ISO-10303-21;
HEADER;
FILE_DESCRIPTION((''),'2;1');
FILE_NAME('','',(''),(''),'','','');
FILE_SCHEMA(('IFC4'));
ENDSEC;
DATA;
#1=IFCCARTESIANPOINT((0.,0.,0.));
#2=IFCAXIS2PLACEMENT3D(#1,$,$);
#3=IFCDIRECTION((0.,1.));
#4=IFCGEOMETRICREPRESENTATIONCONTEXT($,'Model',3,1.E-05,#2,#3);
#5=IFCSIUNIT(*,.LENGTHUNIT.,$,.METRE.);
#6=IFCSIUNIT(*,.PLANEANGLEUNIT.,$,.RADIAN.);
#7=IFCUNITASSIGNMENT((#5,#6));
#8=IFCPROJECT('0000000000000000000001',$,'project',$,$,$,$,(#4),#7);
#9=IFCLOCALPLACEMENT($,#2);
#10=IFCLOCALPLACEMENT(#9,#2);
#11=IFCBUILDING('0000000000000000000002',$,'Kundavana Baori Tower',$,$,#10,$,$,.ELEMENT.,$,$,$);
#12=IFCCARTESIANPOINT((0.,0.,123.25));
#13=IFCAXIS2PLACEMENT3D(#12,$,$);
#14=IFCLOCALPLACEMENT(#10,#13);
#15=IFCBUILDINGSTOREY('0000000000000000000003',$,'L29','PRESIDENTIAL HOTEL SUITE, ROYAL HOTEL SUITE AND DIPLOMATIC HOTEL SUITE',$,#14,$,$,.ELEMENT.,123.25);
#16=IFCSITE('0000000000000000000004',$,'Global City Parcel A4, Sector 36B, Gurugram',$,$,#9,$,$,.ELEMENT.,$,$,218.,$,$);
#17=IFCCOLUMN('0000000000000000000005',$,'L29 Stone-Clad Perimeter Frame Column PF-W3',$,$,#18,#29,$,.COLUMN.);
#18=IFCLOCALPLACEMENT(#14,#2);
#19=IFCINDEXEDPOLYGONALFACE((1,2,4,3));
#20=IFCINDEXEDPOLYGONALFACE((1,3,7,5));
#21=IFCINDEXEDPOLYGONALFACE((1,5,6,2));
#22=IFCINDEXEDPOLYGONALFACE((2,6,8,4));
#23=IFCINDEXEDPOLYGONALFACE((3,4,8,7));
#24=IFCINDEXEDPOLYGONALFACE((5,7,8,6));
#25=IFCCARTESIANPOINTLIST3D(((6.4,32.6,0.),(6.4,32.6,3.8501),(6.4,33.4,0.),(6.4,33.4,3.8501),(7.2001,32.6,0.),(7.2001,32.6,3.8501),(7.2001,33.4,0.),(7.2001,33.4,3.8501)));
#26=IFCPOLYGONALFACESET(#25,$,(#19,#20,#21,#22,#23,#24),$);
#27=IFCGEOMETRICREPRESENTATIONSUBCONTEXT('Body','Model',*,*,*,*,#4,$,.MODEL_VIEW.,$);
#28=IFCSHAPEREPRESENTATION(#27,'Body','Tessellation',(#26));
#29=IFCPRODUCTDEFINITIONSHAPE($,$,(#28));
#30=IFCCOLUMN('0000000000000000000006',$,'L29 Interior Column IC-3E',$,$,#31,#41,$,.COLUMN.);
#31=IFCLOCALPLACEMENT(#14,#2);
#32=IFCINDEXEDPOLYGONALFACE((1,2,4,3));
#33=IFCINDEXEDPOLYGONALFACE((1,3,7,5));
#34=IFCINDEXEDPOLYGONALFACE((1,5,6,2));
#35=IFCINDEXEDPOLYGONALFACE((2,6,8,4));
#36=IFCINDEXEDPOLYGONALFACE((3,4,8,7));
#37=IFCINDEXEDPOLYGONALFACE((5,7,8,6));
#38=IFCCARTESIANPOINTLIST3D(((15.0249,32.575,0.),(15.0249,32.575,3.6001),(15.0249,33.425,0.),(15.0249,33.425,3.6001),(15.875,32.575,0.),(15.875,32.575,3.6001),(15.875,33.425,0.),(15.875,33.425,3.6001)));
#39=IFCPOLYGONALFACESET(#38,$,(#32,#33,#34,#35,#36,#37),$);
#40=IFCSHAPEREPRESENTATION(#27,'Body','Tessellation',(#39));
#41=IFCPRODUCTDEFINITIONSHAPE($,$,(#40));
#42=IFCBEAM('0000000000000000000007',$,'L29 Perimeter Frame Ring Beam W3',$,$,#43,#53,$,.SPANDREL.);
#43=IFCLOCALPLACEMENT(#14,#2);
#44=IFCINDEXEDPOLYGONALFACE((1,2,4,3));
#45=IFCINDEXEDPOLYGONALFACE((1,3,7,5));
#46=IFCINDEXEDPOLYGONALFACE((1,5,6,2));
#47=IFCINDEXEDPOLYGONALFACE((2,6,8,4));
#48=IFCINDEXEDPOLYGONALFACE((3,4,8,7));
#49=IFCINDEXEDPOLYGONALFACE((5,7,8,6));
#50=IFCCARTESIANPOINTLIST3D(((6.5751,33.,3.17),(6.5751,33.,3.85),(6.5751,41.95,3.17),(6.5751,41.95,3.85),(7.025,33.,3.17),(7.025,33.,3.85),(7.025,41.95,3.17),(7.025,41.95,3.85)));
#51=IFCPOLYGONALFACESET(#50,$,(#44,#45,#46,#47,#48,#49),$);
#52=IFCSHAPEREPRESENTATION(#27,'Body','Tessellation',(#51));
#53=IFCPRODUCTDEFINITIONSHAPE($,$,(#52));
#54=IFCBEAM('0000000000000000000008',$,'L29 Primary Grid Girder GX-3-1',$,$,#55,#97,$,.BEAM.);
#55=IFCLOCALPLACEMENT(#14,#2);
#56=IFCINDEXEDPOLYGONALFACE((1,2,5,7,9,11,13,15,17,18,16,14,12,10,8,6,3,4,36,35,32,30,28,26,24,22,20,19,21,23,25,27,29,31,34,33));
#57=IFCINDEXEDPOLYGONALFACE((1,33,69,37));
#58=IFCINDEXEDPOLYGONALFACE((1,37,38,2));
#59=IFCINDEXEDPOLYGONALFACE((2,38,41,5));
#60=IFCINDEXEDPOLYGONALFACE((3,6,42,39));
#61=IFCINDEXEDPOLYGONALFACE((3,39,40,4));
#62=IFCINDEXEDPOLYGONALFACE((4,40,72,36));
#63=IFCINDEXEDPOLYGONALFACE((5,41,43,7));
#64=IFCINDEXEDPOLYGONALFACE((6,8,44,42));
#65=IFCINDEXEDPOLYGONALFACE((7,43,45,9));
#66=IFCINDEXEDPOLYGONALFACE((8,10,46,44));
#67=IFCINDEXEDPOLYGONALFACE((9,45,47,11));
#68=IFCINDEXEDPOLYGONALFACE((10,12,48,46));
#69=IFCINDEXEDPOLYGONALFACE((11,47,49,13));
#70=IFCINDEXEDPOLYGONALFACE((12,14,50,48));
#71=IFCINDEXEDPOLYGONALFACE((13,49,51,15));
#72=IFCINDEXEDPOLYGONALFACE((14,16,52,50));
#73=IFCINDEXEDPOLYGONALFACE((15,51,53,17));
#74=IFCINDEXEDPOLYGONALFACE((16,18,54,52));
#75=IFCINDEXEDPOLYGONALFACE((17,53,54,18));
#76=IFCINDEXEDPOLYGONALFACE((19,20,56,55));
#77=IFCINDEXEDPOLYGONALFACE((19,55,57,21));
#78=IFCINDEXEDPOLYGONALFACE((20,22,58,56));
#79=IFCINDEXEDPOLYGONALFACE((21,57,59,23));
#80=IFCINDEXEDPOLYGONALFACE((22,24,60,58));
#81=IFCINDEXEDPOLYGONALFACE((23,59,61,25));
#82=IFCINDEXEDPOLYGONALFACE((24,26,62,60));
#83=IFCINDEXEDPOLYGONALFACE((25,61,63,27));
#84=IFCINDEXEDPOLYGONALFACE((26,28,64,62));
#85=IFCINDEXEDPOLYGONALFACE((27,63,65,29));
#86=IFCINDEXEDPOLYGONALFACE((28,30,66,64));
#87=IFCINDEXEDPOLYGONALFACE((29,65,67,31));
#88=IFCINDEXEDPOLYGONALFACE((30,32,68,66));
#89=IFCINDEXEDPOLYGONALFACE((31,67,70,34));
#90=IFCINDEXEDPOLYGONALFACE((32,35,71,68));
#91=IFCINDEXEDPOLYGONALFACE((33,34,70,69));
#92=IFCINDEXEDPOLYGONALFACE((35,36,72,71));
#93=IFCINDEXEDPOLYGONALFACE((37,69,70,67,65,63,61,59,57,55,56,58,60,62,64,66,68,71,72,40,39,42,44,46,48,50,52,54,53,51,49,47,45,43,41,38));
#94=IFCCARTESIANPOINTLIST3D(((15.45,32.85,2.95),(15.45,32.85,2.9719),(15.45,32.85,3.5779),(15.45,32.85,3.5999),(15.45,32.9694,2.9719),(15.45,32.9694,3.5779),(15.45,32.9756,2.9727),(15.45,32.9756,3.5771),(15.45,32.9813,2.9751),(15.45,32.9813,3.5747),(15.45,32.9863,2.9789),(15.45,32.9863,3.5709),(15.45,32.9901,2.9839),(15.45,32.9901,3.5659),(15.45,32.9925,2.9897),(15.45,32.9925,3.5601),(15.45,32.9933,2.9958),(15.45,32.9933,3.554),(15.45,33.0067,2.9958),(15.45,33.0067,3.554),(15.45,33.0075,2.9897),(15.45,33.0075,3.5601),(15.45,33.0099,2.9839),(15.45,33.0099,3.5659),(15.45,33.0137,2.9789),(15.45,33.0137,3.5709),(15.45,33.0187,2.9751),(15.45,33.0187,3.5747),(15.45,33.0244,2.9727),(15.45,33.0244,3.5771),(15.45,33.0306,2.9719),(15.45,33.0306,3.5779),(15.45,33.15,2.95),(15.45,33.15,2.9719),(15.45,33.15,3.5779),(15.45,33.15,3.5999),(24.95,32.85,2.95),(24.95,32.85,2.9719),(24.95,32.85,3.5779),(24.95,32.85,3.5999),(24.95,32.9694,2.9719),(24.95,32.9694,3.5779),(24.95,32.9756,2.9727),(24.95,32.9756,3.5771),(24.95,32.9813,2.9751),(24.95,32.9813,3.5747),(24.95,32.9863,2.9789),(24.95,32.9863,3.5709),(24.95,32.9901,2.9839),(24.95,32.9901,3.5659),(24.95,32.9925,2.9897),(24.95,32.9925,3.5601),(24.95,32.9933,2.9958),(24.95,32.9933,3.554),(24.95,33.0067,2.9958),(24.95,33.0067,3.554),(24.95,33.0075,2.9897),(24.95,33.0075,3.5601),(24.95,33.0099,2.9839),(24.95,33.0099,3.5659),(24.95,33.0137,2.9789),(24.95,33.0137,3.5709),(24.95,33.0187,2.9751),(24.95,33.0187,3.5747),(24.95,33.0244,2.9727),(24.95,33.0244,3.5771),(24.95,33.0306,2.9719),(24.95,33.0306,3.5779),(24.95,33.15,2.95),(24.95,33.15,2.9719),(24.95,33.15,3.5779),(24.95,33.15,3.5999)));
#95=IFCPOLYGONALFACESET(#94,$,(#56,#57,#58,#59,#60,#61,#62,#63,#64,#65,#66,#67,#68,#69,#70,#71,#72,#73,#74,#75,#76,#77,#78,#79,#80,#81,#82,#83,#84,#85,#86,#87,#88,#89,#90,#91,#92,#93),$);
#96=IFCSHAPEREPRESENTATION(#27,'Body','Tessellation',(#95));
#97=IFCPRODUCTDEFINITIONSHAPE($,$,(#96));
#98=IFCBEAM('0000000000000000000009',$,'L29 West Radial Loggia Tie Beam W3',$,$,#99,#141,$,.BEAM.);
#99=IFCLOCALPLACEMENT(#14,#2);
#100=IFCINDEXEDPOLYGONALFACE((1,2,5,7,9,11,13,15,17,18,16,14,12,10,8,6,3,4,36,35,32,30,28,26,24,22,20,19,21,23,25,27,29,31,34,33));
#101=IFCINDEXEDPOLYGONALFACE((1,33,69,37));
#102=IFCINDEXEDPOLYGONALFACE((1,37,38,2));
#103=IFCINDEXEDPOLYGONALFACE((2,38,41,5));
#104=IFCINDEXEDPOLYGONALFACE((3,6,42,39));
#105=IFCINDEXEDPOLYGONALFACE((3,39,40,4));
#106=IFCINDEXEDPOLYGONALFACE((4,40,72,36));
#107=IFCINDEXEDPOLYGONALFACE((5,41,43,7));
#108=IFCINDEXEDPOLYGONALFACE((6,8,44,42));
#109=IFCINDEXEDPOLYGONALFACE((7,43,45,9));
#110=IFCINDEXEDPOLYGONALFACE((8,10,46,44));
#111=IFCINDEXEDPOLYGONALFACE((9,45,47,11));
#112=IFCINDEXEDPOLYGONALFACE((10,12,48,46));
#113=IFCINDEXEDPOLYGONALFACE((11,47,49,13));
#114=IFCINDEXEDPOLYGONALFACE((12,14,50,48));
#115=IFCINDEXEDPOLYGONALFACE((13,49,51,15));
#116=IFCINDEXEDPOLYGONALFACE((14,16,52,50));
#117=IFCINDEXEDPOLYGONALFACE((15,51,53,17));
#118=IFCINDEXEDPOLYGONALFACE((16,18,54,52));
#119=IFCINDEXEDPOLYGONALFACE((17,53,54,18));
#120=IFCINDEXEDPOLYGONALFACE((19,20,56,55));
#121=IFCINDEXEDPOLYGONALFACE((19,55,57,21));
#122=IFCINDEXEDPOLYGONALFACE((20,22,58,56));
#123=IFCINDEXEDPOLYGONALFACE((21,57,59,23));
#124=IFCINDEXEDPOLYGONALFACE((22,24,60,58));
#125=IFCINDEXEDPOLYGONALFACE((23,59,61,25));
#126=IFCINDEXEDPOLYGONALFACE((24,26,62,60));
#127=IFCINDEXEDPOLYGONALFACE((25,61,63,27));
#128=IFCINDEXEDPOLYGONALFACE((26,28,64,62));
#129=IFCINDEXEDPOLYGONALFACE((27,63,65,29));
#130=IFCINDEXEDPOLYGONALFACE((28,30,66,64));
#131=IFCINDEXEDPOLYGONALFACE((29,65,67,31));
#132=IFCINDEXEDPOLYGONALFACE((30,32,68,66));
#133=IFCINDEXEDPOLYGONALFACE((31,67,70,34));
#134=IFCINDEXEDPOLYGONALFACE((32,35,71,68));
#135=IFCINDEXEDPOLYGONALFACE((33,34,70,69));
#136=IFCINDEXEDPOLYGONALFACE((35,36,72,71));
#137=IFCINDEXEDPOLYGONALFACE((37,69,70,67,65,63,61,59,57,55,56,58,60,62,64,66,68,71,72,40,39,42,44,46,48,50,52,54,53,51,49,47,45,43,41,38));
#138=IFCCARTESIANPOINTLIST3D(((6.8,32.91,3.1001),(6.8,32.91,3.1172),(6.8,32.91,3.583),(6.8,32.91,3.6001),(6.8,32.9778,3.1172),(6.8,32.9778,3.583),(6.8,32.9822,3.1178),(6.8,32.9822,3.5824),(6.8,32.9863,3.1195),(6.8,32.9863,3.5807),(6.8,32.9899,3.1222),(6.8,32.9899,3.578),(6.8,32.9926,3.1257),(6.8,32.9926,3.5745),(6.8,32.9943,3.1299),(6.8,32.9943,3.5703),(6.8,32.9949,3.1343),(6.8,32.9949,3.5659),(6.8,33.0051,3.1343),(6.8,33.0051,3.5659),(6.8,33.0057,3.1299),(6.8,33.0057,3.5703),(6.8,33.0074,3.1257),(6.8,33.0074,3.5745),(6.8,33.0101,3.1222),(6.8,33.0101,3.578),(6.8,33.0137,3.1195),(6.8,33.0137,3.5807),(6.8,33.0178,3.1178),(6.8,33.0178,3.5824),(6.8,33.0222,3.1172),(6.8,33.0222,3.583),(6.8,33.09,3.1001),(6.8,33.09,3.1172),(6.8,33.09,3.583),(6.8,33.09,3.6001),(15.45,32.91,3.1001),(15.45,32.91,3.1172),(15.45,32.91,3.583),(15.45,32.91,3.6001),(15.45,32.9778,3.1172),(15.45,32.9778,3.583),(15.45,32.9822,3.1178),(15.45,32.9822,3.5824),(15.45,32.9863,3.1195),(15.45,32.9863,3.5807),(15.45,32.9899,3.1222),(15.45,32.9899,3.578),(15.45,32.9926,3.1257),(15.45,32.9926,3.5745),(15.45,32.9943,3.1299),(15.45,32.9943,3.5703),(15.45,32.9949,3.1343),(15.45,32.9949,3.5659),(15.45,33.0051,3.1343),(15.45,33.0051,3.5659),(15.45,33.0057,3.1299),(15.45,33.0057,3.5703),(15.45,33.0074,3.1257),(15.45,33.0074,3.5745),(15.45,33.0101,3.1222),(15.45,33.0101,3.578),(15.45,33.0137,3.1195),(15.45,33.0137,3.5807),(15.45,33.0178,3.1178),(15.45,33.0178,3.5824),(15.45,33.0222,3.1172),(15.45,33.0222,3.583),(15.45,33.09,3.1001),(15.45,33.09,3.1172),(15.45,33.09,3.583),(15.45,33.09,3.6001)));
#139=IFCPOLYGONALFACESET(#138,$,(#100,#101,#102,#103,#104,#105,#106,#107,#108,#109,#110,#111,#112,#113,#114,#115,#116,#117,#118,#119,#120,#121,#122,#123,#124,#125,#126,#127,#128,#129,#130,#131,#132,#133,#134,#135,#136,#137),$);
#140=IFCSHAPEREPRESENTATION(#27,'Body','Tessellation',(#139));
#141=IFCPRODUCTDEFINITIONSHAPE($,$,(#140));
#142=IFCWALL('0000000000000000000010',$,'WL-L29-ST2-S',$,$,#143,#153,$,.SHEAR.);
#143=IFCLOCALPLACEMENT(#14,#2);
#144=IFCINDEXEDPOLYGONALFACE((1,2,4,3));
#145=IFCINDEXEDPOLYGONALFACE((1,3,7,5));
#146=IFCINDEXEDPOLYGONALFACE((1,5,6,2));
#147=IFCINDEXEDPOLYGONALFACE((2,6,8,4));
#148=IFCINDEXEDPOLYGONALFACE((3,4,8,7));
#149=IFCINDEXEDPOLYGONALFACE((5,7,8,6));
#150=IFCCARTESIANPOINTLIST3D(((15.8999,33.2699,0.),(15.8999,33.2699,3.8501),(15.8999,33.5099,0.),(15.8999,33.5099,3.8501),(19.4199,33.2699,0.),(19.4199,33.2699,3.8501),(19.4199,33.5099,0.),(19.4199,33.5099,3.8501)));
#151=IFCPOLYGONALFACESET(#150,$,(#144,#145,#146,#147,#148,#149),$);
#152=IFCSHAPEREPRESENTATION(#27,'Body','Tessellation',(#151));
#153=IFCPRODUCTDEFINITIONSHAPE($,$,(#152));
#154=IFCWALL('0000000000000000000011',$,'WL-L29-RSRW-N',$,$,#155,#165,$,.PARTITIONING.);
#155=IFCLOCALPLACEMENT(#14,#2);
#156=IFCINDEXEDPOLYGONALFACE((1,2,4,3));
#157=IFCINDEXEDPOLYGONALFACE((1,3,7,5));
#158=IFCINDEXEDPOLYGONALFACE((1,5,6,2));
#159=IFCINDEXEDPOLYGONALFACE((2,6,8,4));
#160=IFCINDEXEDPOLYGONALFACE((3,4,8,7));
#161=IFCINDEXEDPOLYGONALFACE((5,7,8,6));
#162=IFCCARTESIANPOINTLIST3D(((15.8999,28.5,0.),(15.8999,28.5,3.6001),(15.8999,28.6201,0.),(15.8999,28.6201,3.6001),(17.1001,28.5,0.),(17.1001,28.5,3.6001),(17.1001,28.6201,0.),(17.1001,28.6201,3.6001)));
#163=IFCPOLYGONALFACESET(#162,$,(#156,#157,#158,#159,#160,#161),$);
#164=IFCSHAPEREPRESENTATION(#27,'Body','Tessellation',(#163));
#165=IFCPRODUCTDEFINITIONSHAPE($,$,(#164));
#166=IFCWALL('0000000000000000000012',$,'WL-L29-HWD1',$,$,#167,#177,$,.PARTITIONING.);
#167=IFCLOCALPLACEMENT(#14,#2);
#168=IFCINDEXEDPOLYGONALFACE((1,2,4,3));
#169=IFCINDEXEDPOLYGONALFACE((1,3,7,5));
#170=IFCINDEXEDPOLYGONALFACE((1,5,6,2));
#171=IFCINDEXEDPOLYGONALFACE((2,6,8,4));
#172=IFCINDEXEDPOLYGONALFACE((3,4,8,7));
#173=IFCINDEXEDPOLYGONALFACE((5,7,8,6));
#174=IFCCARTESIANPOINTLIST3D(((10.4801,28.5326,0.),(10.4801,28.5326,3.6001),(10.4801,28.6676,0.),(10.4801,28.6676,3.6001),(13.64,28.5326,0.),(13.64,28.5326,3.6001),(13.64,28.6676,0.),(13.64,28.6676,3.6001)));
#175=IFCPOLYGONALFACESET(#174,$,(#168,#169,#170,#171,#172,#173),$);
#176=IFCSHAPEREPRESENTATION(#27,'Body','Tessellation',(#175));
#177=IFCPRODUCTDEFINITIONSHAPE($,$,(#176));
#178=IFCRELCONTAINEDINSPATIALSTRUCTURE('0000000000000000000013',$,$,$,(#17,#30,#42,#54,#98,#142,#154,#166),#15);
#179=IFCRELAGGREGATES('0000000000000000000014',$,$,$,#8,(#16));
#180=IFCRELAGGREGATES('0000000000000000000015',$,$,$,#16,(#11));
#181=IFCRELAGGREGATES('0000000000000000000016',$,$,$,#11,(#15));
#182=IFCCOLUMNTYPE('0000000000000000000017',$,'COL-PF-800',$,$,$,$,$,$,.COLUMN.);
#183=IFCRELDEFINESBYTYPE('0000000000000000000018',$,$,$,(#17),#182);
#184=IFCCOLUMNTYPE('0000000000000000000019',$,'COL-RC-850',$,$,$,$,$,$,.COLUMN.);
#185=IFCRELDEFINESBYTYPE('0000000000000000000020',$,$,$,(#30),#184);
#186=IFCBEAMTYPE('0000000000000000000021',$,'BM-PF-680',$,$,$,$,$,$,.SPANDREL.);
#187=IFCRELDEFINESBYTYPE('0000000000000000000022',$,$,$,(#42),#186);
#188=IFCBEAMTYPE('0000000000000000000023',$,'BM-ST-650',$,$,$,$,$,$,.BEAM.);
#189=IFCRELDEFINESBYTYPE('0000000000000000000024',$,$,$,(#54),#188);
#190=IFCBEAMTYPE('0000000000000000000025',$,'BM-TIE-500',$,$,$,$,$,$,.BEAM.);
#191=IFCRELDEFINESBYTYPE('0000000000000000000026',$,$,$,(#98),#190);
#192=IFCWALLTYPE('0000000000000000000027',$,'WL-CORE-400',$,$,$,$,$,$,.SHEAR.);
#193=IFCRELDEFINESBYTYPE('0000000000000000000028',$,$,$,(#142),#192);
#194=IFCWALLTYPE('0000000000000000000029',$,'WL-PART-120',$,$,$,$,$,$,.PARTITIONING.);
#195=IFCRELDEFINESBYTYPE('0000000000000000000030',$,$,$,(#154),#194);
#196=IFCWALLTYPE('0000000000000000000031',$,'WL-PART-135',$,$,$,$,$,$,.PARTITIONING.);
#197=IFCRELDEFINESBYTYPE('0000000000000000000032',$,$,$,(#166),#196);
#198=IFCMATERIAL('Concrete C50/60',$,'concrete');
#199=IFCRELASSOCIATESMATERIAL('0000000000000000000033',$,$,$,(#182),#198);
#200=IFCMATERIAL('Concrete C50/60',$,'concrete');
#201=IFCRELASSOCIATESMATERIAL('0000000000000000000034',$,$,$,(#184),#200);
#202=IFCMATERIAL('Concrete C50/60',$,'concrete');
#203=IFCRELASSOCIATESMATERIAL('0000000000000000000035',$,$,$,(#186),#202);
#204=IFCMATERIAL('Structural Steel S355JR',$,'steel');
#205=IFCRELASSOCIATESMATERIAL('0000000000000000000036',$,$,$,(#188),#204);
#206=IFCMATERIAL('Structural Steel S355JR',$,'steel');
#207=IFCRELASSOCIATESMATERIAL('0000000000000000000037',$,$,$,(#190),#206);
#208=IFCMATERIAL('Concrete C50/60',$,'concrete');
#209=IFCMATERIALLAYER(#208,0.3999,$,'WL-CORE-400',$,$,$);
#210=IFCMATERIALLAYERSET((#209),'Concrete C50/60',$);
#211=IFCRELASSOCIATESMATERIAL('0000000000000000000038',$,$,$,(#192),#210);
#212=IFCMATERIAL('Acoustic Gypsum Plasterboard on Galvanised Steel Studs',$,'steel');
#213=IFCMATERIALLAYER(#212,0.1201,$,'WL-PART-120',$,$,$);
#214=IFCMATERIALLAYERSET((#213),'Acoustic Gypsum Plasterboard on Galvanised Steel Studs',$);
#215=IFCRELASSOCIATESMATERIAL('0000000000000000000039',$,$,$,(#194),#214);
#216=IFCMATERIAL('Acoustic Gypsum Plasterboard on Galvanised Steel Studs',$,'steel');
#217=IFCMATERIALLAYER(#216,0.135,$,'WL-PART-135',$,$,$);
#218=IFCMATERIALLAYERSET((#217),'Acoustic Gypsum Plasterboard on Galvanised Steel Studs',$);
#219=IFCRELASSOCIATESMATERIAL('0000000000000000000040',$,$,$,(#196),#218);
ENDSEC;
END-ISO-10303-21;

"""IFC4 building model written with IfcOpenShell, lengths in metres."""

from ifc_helpers import new_model, si_unit, direction, frame, frame_2d, origin, origin_2d, place, context, subcontext, project, spatial, rectangle, i_section, extrude, material, layer, layer_set, material_profile, profile_set, type_object, element, save


model = new_model("IFC4")

# Units and contexts
model_context = context("Model", 3, precision=1e-05, world=origin(), true_north=direction((0.0, 1.0)))
body_context = subcontext(model_context, "Body", "Model", "MODEL_VIEW")
ifc_project = project(units=[si_unit("LENGTHUNIT", "METRE"), si_unit("PLANEANGLEUNIT", "RADIAN")], contexts=[model_context])

# Site, building, storey
site_placement = place(None, origin())
site = spatial("IfcSite", under=ifc_project, at=site_placement, Name="Global City Parcel A4, Sector 36B, Gurugram", CompositionType="ELEMENT", RefElevation=218.0)
building_placement = place(site_placement, origin())
building = spatial("IfcBuilding", under=site, at=building_placement, Name="Kundavana Baori Tower", CompositionType="ELEMENT")
storey_placement = place(building_placement, frame((0.0, 0.0, 123.25)))
storey = spatial("IfcBuildingStorey", under=building, at=storey_placement, Name="L29", Description="PRESIDENTIAL HOTEL SUITE, ROYAL HOTEL SUITE AND DIPLOMATIC HOTEL SUITE", CompositionType="ELEMENT", Elevation=123.25)

# Columns
ifc_material_1 = material(Name="Concrete C50/60", Category="concrete")
ifc_material_profile_1 = material_profile(ifc_material_1, rectangle(XDim=0.8, YDim=0.8, at=origin_2d()), Name="RC PF 800x800")
ifc_profile_set_1 = profile_set([ifc_material_profile_1], Name="Concrete C50/60")
column_type_1 = type_object("IfcColumnType", Name="COL-PF-800", PredefinedType="COLUMN", material=ifc_profile_set_1)
column_1_placement = place(storey_placement, frame((6.8, 33.0, 0.0), z_axis=(0.0, 0.0, 1.0), x_axis=(1.0, 0.0, 0.0)))
element("IfcColumn", 1, at=column_1_placement, inside=storey, type_object=column_type_1, Name="L29 Stone-Clad Perimeter Frame Column PF-W3", PredefinedType="COLUMN", context=body_context, shape_type="SweptSolid", body=[
    extrude(rectangle(XDim=0.8, YDim=0.8, at=origin_2d()), origin(), (0.0, 0.0, 1.0), 3.8501),
])
ifc_material_2 = material(Name="Concrete C50/60", Category="concrete")
ifc_material_profile_2 = material_profile(ifc_material_2, rectangle(XDim=0.8501, YDim=0.8501, at=origin_2d()), Name="RC 850x850")
ifc_profile_set_2 = profile_set([ifc_material_profile_2], Name="Concrete C50/60")
column_type_2 = type_object("IfcColumnType", Name="COL-RC-850", PredefinedType="COLUMN", material=ifc_profile_set_2)
column_2_placement = place(storey_placement, frame((15.45, 33.0, 0.0), z_axis=(0.0, 0.0, 1.0), x_axis=(1.0, 0.0, 0.0)))
element("IfcColumn", 2, at=column_2_placement, inside=storey, type_object=column_type_2, Name="L29 Interior Column IC-3E", PredefinedType="COLUMN", context=body_context, shape_type="SweptSolid", body=[
    extrude(rectangle(XDim=0.8501, YDim=0.8501, at=origin_2d()), origin(), (0.0, 0.0, 1.0), 3.6001),
])

# Beams
ifc_material_3 = material(Name="Concrete C50/60", Category="concrete")
ifc_material_profile_3 = material_profile(ifc_material_3, rectangle(XDim=0.45, YDim=0.6799, at=origin_2d()), Name="RC BM 450x680")
ifc_profile_set_3 = profile_set([ifc_material_profile_3], Name="Concrete C50/60")
beam_type_1 = type_object("IfcBeamType", Name="BM-PF-680", PredefinedType="SPANDREL", material=ifc_profile_set_3)
beam_1_placement = place(storey_placement, frame((6.8, 33.0, 3.51), z_axis=(0.0, 1.0, 0.0), x_axis=(-1.0, 0.0, 0.0)))
element("IfcBeam", 3, at=beam_1_placement, inside=storey, type_object=beam_type_1, Name="L29 Perimeter Frame Ring Beam W3", PredefinedType="SPANDREL", context=body_context, shape_type="SweptSolid", body=[
    extrude(rectangle(XDim=0.45, YDim=0.6799, at=origin_2d()), origin(), (0.0, 0.0, 1.0), 8.95),
])
ifc_material_4 = material(Name="Structural Steel S355JR", Category="steel")
ifc_material_profile_4 = material_profile(ifc_material_4, i_section(OverallWidth=0.3, OverallDepth=0.6499, WebThickness=0.0134, FlangeThickness=0.022, FilletRadius=0.0239, at=origin_2d()), Name="NPB 650x300x155")
ifc_profile_set_4 = profile_set([ifc_material_profile_4], Name="Structural Steel S355JR")
beam_type_2 = type_object("IfcBeamType", Name="BM-ST-650", PredefinedType="BEAM", material=ifc_profile_set_4)
beam_2_placement = place(storey_placement, frame((15.45, 33.0, 3.2749), z_axis=(1.0, 0.0, 0.0), x_axis=(0.0, 1.0, 0.0)))
element("IfcBeam", 4, at=beam_2_placement, inside=storey, type_object=beam_type_2, Name="L29 Primary Grid Girder GX-3-1", PredefinedType="BEAM", context=body_context, shape_type="SweptSolid", body=[
    extrude(i_section(OverallWidth=0.3, OverallDepth=0.6499, WebThickness=0.0134, FlangeThickness=0.022, FilletRadius=0.0239, at=origin_2d()), origin(), (0.0, 0.0, 1.0), 9.5),
])
ifc_material_5 = material(Name="Structural Steel S355JR", Category="steel")
ifc_material_profile_5 = material_profile(ifc_material_5, i_section(OverallWidth=0.1799, OverallDepth=0.5, WebThickness=0.0103, FlangeThickness=0.0171, FilletRadius=0.0171, at=origin_2d()), Name="ISMB 500")
ifc_profile_set_5 = profile_set([ifc_material_profile_5], Name="Structural Steel S355JR")
beam_type_3 = type_object("IfcBeamType", Name="BM-TIE-500", PredefinedType="BEAM", material=ifc_profile_set_5)
beam_3_placement = place(storey_placement, frame((15.45, 33.0, 3.3501), z_axis=(-1.0, 0.0, 0.0), x_axis=(0.0, -1.0, 0.0)))
element("IfcBeam", 5, at=beam_3_placement, inside=storey, type_object=beam_type_3, Name="L29 West Radial Loggia Tie Beam W3", PredefinedType="BEAM", context=body_context, shape_type="SweptSolid", body=[
    extrude(i_section(OverallWidth=0.1799, OverallDepth=0.5, WebThickness=0.0103, FlangeThickness=0.0171, FilletRadius=0.0171, at=origin_2d()), origin(), (0.0, 0.0, 1.0), 8.6499),
])

# Walls
ifc_material_6 = material(Name="Concrete C50/60", Category="concrete")
ifc_layer_1 = layer(ifc_material_6, 0.3999, Name="WL-CORE-400")
ifc_layer_set_1 = layer_set([ifc_layer_1], Name="Concrete C50/60")
wall_type_1 = type_object("IfcWallType", Name="WL-CORE-400", PredefinedType="SHEAR", material=ifc_layer_set_1)
wall_1_placement = place(storey_placement, frame((15.8999, 33.3899, 0.0), z_axis=(0.0, 0.0, 1.0), x_axis=(1.0, 0.0, 0.0)))
element("IfcWall", 6, at=wall_1_placement, inside=storey, type_object=wall_type_1, Name="WL-L29-ST2-S", PredefinedType="SHEAR", context=body_context, shape_type="SweptSolid", body=[
    extrude(rectangle(XDim=3.52, YDim=0.24, at=frame_2d((1.76, 0.0))), origin(), (0.0, 0.0, 1.0), 3.8501),
])
ifc_material_7 = material(Name="Acoustic Gypsum Plasterboard on Galvanised Steel Studs", Category="steel")
ifc_layer_2 = layer(ifc_material_7, 0.1201, Name="WL-PART-120")
ifc_layer_set_2 = layer_set([ifc_layer_2], Name="Acoustic Gypsum Plasterboard on Galvanised Steel Studs")
wall_type_2 = type_object("IfcWallType", Name="WL-PART-120", PredefinedType="PARTITIONING", material=ifc_layer_set_2)
wall_2_placement = place(storey_placement, frame((15.8999, 28.5601, 0.0), z_axis=(0.0, 0.0, 1.0), x_axis=(1.0, 0.0, 0.0)))
element("IfcWall", 7, at=wall_2_placement, inside=storey, type_object=wall_type_2, Name="WL-L29-RSRW-N", PredefinedType="PARTITIONING", context=body_context, shape_type="SweptSolid", body=[
    extrude(rectangle(XDim=1.2002, YDim=0.1201, at=frame_2d((0.6001, 0.0))), origin(), (0.0, 0.0, 1.0), 3.6001),
])
ifc_material_8 = material(Name="Acoustic Gypsum Plasterboard on Galvanised Steel Studs", Category="steel")
ifc_layer_3 = layer(ifc_material_8, 0.135, Name="WL-PART-135")
ifc_layer_set_3 = layer_set([ifc_layer_3], Name="Acoustic Gypsum Plasterboard on Galvanised Steel Studs")
wall_type_3 = type_object("IfcWallType", Name="WL-PART-135", PredefinedType="PARTITIONING", material=ifc_layer_set_3)
wall_3_placement = place(storey_placement, frame((10.48, 28.6001, 0.0), z_axis=(0.0, 0.0, 1.0), x_axis=(1.0, 0.0, 0.0)))
element("IfcWall", 8, at=wall_3_placement, inside=storey, type_object=wall_type_3, Name="WL-L29-HWD1", PredefinedType="PARTITIONING", context=body_context, shape_type="SweptSolid", body=[
    extrude(rectangle(XDim=3.1599, YDim=0.135, at=frame_2d((1.5801, 0.0))), origin(), (0.0, 0.0, 1.0), 3.6001),
])

save(model, "model.ifc")
